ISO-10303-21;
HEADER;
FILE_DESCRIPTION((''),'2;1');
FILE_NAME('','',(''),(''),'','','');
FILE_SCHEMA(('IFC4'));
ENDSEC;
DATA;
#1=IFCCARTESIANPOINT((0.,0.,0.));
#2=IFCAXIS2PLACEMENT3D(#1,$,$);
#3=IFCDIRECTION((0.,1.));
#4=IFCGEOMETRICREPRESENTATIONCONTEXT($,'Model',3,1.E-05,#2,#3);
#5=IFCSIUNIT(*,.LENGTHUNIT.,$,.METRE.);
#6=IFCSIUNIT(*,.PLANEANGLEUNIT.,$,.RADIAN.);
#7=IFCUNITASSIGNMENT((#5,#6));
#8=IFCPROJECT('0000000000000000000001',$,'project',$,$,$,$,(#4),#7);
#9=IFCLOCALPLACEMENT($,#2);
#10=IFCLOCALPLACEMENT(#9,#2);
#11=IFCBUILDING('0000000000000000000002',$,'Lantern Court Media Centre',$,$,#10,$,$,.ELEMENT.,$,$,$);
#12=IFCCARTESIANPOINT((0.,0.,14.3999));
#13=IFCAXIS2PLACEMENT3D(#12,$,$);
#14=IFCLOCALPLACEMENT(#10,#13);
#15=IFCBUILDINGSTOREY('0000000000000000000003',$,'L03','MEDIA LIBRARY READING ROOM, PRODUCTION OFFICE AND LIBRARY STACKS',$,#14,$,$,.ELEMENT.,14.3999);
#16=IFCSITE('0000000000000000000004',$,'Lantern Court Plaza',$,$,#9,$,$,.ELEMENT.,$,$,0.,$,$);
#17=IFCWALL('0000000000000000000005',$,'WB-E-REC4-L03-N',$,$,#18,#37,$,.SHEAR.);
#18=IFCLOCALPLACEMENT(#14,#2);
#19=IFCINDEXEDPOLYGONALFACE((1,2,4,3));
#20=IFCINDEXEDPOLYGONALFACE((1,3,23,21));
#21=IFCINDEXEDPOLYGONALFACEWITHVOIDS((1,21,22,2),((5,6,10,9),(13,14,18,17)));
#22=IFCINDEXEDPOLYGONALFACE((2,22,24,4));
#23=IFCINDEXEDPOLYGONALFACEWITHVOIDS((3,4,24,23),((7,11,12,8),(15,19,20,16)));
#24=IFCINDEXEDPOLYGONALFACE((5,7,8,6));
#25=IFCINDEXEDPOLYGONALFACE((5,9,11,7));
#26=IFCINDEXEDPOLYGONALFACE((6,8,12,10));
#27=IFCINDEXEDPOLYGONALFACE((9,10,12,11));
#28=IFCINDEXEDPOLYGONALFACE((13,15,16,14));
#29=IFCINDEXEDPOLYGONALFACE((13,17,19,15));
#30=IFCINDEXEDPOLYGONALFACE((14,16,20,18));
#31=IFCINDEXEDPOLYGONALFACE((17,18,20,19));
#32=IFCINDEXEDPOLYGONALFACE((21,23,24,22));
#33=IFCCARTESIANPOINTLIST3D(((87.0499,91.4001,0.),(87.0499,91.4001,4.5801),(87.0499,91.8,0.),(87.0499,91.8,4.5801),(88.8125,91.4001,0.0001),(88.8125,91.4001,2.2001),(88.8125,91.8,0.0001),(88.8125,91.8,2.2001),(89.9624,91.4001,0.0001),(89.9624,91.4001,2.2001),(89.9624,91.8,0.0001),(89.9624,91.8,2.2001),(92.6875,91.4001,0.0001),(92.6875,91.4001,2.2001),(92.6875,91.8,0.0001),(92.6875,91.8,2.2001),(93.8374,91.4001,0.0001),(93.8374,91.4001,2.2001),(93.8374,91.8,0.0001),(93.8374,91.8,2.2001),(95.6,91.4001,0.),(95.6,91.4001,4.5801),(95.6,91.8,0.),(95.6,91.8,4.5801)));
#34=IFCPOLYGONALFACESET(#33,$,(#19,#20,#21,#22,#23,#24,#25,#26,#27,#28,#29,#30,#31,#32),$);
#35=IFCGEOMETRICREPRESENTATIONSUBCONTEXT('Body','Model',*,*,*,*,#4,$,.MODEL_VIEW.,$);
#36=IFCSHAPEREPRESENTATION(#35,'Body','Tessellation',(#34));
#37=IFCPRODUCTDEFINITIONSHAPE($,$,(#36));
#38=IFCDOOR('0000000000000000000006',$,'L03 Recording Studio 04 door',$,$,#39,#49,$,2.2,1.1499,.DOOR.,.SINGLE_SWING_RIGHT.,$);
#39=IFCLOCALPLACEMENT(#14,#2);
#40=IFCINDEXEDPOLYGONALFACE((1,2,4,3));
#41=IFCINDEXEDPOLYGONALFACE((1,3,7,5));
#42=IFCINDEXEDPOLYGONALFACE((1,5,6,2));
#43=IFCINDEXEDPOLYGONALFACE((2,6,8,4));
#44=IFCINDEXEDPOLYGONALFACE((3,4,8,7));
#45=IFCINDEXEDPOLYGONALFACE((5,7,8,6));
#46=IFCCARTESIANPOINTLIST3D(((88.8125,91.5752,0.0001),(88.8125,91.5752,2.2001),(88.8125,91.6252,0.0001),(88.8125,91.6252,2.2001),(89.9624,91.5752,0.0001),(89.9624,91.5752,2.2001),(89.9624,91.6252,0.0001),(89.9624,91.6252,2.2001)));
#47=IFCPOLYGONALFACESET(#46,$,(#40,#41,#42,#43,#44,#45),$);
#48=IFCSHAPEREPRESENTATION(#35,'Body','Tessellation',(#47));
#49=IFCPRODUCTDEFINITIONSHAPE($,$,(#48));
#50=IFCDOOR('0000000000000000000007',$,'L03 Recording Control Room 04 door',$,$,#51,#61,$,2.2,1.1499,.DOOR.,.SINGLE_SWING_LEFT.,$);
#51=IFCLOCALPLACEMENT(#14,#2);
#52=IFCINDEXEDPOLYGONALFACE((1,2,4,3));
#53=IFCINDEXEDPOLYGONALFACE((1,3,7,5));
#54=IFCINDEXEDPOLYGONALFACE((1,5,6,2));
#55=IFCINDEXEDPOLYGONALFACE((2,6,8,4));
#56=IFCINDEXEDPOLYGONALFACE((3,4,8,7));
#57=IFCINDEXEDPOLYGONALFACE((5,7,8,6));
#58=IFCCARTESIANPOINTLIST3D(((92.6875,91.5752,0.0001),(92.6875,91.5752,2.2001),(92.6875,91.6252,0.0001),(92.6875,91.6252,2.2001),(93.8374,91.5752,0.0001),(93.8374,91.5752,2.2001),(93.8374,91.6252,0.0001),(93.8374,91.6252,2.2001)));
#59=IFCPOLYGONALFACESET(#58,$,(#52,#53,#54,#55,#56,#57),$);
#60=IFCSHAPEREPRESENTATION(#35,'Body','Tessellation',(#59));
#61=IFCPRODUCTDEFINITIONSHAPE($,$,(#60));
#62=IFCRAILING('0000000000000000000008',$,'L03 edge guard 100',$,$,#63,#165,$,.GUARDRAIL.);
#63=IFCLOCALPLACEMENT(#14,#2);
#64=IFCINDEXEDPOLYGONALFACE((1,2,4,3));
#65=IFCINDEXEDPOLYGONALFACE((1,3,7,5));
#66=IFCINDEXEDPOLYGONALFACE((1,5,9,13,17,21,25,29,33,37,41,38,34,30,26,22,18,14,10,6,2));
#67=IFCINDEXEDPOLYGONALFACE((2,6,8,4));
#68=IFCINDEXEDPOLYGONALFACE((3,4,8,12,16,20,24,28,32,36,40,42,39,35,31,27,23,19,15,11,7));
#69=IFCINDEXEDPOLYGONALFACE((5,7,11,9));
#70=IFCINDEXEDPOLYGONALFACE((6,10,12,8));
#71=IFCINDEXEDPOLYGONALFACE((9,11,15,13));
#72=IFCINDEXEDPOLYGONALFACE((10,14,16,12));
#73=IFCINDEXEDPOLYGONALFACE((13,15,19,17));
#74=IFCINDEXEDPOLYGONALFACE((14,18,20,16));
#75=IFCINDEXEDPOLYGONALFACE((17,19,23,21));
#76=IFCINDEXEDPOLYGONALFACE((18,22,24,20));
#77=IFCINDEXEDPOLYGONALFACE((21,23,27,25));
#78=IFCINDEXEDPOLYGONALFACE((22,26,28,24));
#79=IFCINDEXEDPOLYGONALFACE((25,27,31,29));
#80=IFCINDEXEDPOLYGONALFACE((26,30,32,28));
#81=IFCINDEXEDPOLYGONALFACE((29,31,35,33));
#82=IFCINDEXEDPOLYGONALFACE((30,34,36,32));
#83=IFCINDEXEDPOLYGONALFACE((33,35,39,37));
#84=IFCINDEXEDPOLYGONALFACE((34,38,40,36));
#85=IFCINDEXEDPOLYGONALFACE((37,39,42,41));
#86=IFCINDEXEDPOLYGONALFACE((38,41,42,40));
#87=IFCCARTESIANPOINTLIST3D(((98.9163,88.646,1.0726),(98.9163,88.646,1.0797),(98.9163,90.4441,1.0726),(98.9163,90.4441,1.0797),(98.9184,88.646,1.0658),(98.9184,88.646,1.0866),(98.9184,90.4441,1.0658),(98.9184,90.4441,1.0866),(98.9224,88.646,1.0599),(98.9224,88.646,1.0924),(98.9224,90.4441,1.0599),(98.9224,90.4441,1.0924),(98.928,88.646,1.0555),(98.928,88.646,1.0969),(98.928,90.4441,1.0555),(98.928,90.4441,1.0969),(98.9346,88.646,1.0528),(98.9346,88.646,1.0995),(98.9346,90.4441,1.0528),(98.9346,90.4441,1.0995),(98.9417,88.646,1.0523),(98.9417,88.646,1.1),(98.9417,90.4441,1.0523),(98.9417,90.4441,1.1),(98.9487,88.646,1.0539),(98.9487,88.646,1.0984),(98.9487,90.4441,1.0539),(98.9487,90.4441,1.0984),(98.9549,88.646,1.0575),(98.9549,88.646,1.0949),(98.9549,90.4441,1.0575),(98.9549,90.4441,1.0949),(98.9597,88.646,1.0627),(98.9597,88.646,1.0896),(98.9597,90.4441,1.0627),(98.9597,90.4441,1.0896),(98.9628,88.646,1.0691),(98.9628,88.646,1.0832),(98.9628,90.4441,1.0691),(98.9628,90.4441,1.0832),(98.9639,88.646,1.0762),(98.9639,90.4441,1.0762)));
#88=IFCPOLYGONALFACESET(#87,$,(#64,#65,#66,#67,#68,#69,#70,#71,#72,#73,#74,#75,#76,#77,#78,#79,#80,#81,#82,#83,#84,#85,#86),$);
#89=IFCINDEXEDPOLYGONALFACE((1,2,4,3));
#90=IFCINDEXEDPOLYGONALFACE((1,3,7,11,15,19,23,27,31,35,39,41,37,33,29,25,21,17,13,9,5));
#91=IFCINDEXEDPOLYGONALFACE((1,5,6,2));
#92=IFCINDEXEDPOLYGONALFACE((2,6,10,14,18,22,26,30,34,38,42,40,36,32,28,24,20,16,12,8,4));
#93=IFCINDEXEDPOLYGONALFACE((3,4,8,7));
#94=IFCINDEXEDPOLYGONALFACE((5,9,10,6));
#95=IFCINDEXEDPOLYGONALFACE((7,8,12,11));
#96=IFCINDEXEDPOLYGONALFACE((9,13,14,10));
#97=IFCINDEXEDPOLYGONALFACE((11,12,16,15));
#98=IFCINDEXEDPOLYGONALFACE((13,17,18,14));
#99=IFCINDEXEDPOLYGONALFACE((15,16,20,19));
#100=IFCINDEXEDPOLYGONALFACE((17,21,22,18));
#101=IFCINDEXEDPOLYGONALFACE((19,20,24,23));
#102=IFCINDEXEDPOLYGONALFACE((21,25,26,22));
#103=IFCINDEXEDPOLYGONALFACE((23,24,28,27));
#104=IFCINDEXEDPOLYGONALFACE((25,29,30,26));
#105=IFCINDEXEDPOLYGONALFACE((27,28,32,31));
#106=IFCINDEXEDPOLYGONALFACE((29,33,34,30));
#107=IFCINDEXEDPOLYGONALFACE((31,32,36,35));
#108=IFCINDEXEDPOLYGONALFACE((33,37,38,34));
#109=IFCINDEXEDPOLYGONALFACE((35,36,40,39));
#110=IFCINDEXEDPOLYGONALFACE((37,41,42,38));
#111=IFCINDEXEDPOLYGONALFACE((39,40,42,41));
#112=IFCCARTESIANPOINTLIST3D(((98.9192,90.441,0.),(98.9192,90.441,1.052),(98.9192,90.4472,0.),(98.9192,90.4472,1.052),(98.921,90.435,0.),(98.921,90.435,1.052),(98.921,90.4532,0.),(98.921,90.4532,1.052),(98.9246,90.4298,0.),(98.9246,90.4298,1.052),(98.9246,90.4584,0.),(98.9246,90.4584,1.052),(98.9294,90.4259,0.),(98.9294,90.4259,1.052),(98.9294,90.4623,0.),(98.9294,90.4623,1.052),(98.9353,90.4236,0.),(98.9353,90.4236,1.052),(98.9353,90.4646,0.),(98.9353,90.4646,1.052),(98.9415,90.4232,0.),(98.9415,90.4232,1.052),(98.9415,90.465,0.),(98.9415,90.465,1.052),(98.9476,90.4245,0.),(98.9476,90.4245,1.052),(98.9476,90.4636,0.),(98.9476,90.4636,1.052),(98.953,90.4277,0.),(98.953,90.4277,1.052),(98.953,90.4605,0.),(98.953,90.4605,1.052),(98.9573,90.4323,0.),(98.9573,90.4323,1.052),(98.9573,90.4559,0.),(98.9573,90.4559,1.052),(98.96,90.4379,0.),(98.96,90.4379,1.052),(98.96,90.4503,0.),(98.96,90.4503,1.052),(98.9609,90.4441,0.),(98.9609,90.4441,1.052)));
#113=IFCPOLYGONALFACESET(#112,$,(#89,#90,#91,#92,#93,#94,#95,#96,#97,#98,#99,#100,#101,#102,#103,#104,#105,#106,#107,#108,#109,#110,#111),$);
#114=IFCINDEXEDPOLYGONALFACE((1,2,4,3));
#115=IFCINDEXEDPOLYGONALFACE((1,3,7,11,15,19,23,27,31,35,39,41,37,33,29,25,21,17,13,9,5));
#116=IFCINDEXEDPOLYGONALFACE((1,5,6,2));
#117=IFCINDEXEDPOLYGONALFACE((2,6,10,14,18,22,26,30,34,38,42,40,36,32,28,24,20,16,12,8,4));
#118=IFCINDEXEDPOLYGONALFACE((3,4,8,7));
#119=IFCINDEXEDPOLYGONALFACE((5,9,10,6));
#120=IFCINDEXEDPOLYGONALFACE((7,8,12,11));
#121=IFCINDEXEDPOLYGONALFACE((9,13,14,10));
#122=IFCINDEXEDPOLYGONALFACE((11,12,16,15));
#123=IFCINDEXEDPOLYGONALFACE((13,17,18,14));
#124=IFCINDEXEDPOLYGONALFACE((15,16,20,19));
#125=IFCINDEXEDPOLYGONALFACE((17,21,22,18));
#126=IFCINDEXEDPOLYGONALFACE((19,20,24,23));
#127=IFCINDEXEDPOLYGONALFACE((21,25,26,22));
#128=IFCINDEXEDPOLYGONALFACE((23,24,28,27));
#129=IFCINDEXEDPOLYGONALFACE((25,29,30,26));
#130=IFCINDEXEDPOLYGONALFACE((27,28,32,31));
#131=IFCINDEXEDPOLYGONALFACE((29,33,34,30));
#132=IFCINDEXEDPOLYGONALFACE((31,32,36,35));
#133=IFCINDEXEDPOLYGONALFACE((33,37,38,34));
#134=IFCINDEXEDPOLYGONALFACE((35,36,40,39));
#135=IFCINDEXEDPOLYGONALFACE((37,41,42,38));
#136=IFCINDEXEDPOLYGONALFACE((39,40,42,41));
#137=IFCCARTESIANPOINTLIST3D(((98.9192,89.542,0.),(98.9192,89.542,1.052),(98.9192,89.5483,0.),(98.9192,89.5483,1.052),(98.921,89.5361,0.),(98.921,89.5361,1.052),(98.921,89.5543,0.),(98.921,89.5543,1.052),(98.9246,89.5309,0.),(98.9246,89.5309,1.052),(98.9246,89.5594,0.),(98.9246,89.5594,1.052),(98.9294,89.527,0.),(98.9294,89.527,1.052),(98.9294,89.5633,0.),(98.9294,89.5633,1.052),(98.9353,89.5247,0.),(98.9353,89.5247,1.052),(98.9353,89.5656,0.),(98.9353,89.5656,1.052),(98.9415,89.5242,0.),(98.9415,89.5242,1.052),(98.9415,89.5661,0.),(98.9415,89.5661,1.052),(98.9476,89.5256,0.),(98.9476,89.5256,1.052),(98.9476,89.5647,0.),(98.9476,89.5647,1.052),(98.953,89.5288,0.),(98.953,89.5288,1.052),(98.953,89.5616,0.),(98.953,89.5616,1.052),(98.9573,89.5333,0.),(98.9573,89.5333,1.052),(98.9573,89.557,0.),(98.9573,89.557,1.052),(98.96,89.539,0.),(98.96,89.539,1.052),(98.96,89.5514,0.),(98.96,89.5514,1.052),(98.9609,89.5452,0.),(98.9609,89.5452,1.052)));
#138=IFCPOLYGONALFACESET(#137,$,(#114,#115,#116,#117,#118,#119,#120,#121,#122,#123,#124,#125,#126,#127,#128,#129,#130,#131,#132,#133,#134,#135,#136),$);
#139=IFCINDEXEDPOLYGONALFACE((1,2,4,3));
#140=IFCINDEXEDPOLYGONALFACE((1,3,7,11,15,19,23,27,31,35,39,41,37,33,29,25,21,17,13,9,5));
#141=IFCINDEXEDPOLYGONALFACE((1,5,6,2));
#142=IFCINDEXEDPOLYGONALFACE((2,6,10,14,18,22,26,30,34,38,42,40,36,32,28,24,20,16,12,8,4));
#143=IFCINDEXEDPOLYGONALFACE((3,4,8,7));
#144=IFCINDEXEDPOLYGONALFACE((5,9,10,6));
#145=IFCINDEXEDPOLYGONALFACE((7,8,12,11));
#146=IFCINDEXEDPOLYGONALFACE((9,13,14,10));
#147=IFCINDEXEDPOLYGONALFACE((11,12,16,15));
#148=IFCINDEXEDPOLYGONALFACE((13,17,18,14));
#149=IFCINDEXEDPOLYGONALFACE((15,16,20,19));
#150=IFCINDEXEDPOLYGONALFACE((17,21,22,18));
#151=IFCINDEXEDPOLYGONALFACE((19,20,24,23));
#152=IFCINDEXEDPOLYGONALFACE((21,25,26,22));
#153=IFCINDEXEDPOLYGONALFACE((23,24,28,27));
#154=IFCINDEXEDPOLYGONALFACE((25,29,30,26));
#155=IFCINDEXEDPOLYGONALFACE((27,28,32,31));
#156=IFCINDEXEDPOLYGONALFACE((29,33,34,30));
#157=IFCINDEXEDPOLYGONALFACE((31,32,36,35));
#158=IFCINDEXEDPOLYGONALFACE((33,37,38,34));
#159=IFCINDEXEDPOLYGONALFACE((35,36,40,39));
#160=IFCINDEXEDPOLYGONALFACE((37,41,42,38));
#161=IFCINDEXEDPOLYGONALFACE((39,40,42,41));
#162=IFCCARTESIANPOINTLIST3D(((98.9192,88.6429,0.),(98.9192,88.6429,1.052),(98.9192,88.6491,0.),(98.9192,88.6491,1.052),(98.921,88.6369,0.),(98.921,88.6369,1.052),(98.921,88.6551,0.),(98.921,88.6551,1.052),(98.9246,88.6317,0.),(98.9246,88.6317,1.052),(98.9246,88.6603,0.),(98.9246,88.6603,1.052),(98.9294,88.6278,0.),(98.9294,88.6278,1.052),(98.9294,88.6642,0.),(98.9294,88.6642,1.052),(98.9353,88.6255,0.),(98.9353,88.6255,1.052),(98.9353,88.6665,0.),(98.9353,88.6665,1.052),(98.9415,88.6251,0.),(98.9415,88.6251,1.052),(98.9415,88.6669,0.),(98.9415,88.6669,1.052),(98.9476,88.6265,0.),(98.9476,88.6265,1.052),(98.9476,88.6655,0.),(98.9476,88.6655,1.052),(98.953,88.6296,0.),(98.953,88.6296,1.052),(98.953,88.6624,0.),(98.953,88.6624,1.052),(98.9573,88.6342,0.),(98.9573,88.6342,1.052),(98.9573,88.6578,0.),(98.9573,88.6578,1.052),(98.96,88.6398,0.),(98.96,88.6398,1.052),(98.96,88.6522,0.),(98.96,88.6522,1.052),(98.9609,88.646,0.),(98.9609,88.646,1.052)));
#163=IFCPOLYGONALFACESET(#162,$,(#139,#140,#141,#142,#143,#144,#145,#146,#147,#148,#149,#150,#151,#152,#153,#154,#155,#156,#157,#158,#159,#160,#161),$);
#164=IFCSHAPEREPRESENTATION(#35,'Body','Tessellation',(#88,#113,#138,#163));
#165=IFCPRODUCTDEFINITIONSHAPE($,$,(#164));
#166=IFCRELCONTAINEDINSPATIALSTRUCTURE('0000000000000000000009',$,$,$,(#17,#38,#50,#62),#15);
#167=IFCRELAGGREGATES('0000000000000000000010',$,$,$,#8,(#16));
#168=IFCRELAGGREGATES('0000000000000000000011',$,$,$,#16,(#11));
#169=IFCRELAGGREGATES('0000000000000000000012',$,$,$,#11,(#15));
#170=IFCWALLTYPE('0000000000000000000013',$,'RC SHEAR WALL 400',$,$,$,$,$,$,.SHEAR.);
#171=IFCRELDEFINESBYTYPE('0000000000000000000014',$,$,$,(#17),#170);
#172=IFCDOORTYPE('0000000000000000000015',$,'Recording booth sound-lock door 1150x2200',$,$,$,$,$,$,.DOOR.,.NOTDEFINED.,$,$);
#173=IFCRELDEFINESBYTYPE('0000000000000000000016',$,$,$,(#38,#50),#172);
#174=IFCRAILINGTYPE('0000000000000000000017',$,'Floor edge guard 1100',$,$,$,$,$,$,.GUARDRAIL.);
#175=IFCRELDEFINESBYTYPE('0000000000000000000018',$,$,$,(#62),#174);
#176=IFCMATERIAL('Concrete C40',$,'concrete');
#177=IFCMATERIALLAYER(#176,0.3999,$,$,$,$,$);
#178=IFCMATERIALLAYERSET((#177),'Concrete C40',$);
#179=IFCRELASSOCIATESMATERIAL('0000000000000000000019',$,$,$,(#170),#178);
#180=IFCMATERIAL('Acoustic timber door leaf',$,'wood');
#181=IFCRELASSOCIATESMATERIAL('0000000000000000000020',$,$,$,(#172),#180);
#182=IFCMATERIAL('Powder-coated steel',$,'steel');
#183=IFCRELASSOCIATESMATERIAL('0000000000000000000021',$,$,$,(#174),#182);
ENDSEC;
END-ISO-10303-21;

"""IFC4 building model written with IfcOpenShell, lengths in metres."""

from ifc_helpers import new_model, si_unit, direction, frame, frame_2d, origin, origin_2d, place, context, subcontext, project, spatial, rectangle, circle, extrude, material, layer, layer_set, type_object, element, fill, save


model = new_model("IFC4")

# Units and contexts
model_context = context("Model", 3, precision=1e-05, world=origin(), true_north=direction((0.0, 1.0)))
body_context = subcontext(model_context, "Body", "Model", "MODEL_VIEW")
ifc_project = project(units=[si_unit("LENGTHUNIT", "METRE"), si_unit("PLANEANGLEUNIT", "RADIAN")], contexts=[model_context])

# Site, building, storey
site_placement = place(None, origin())
site = spatial("IfcSite", under=ifc_project, at=site_placement, Name="Lantern Court Plaza", CompositionType="ELEMENT", RefElevation=0.0)
building_placement = place(site_placement, origin())
building = spatial("IfcBuilding", under=site, at=building_placement, Name="Lantern Court Media Centre", CompositionType="ELEMENT")
storey_placement = place(building_placement, frame((0.0, 0.0, 14.3999)))
storey = spatial("IfcBuildingStorey", under=building, at=storey_placement, Name="L03", Description="MEDIA LIBRARY READING ROOM, PRODUCTION OFFICE AND LIBRARY STACKS", CompositionType="ELEMENT", Elevation=14.3999)

# Wall, openings, doors
ifc_material_1 = material(Name="Concrete C40", Category="concrete")
ifc_layer_1 = layer(ifc_material_1, 0.3999)
ifc_layer_set_1 = layer_set([ifc_layer_1], Name="Concrete C40")
wall_type_1 = type_object("IfcWallType", Name="RC SHEAR WALL 400", PredefinedType="SHEAR", material=ifc_layer_set_1)
wall_1_placement = place(storey_placement, frame((87.05, 91.6001, 0.0), z_axis=(0.0, 0.0, 1.0), x_axis=(1.0, 0.0, 0.0)))
wall_1 = element("IfcWall", 1, at=wall_1_placement, inside=storey, type_object=wall_type_1, Name="WB-E-REC4-L03-N", PredefinedType="SHEAR", context=body_context, shape_type="SweptSolid", body=[
    extrude(rectangle(XDim=8.55, YDim=0.3999, at=frame_2d((4.2749, 0.0))), origin(), (0.0, 0.0, 1.0), 4.5801),
])
opening_1_placement = place(wall_1_placement, frame((1.7625, 0.0, 0.0)))
opening_1 = element("IfcOpeningElement", 2, at=opening_1_placement, cuts=wall_1, PredefinedType="OPENING", context=body_context, shape_type="SweptSolid", body=[
    extrude(rectangle(XDim=1.1499, YDim=2.2, at=frame_2d((0.575, 1.1001))), frame((0.0, 0.21, 0.0), z_axis=(0.0, -1.0, 0.0), x_axis=(1.0, 0.0, 0.0)), (0.0, 0.0, 1.0), 0.4199),
])
opening_2_placement = place(wall_1_placement, frame((5.6375, 0.0, 0.0)))
opening_2 = element("IfcOpeningElement", 3, at=opening_2_placement, cuts=wall_1, PredefinedType="OPENING", context=body_context, shape_type="SweptSolid", body=[
    extrude(rectangle(XDim=1.1499, YDim=2.2, at=frame_2d((0.575, 1.1001))), frame((0.0, 0.21, 0.0), z_axis=(0.0, -1.0, 0.0), x_axis=(1.0, 0.0, 0.0)), (0.0, 0.0, 1.0), 0.4199),
])
ifc_material_2 = material(Name="Acoustic timber door leaf", Category="wood")
door_type = type_object("IfcDoorType", Name="Recording booth sound-lock door 1150x2200", OperationType="NOTDEFINED", PredefinedType="DOOR", material=ifc_material_2)
door_1_placement = place(opening_1_placement, frame((1.1499, 0.0, 0.0), z_axis=(0.0, 0.0, 1.0), x_axis=(-1.0, 0.0, 0.0)))
door_1 = element("IfcDoor", 4, at=door_1_placement, inside=storey, type_object=door_type, Name="L03 Recording Studio 04 door", OperationType="SINGLE_SWING_RIGHT", OverallHeight=2.2, OverallWidth=1.1499, PredefinedType="DOOR", context=body_context, shape_type="SweptSolid", body=[
    extrude(rectangle(XDim=1.1499, YDim=2.2, at=frame_2d((0.575, 1.1001))), frame((0.0, 0.0249, 0.0), z_axis=(0.0, -1.0, 0.0), x_axis=(1.0, 0.0, 0.0)), (0.0, 0.0, 1.0), 0.05),
])
fill(opening_1, door_1)
door_2_placement = place(opening_2_placement, frame((1.1499, 0.0, 0.0), z_axis=(0.0, 0.0, 1.0), x_axis=(-1.0, 0.0, 0.0)))
door_2 = element("IfcDoor", 5, at=door_2_placement, inside=storey, type_object=door_type, Name="L03 Recording Control Room 04 door", OperationType="SINGLE_SWING_LEFT", OverallHeight=2.2, OverallWidth=1.1499, PredefinedType="DOOR", context=body_context, shape_type="SweptSolid", body=[
    extrude(rectangle(XDim=1.1499, YDim=2.2, at=frame_2d((0.575, 1.1001))), frame((0.0, 0.0249, 0.0), z_axis=(0.0, -1.0, 0.0), x_axis=(1.0, 0.0, 0.0)), (0.0, 0.0, 1.0), 0.05),
])
fill(opening_2, door_2)

# Railing
ifc_material_3 = material(Name="Powder-coated steel", Category="steel")
railing_type = type_object("IfcRailingType", Name="Floor edge guard 1100", PredefinedType="GUARDRAIL", material=ifc_material_3)
railing_1_placement = place(storey_placement, frame((98.9399, 90.4441, 0.0)))
element("IfcRailing", 6, at=railing_1_placement, inside=storey, type_object=railing_type, Name="L03 edge guard 100", PredefinedType="GUARDRAIL", context=body_context, shape_type="SweptSolid", body=[
    extrude(circle(Radius=0.0239, at=origin_2d()), frame((0.0, 0.0, 1.0762), z_axis=(0.0, -1.0, 0.0), x_axis=(1.0, 0.0, 0.0)), (0.0, 0.0, 1.0), 1.7981),
    extrude(circle(Radius=0.021, at=origin_2d()), origin(), (0.0, 0.0, 1.0), 1.052),
    extrude(circle(Radius=0.021, at=origin_2d()), frame((0.0, -0.8989, 0.0)), (0.0, 0.0, 1.0), 1.052),
    extrude(circle(Radius=0.021, at=origin_2d()), frame((0.0, -1.7981, 0.0)), (0.0, 0.0, 1.0), 1.052),
])

save(model, "model.ifc")
